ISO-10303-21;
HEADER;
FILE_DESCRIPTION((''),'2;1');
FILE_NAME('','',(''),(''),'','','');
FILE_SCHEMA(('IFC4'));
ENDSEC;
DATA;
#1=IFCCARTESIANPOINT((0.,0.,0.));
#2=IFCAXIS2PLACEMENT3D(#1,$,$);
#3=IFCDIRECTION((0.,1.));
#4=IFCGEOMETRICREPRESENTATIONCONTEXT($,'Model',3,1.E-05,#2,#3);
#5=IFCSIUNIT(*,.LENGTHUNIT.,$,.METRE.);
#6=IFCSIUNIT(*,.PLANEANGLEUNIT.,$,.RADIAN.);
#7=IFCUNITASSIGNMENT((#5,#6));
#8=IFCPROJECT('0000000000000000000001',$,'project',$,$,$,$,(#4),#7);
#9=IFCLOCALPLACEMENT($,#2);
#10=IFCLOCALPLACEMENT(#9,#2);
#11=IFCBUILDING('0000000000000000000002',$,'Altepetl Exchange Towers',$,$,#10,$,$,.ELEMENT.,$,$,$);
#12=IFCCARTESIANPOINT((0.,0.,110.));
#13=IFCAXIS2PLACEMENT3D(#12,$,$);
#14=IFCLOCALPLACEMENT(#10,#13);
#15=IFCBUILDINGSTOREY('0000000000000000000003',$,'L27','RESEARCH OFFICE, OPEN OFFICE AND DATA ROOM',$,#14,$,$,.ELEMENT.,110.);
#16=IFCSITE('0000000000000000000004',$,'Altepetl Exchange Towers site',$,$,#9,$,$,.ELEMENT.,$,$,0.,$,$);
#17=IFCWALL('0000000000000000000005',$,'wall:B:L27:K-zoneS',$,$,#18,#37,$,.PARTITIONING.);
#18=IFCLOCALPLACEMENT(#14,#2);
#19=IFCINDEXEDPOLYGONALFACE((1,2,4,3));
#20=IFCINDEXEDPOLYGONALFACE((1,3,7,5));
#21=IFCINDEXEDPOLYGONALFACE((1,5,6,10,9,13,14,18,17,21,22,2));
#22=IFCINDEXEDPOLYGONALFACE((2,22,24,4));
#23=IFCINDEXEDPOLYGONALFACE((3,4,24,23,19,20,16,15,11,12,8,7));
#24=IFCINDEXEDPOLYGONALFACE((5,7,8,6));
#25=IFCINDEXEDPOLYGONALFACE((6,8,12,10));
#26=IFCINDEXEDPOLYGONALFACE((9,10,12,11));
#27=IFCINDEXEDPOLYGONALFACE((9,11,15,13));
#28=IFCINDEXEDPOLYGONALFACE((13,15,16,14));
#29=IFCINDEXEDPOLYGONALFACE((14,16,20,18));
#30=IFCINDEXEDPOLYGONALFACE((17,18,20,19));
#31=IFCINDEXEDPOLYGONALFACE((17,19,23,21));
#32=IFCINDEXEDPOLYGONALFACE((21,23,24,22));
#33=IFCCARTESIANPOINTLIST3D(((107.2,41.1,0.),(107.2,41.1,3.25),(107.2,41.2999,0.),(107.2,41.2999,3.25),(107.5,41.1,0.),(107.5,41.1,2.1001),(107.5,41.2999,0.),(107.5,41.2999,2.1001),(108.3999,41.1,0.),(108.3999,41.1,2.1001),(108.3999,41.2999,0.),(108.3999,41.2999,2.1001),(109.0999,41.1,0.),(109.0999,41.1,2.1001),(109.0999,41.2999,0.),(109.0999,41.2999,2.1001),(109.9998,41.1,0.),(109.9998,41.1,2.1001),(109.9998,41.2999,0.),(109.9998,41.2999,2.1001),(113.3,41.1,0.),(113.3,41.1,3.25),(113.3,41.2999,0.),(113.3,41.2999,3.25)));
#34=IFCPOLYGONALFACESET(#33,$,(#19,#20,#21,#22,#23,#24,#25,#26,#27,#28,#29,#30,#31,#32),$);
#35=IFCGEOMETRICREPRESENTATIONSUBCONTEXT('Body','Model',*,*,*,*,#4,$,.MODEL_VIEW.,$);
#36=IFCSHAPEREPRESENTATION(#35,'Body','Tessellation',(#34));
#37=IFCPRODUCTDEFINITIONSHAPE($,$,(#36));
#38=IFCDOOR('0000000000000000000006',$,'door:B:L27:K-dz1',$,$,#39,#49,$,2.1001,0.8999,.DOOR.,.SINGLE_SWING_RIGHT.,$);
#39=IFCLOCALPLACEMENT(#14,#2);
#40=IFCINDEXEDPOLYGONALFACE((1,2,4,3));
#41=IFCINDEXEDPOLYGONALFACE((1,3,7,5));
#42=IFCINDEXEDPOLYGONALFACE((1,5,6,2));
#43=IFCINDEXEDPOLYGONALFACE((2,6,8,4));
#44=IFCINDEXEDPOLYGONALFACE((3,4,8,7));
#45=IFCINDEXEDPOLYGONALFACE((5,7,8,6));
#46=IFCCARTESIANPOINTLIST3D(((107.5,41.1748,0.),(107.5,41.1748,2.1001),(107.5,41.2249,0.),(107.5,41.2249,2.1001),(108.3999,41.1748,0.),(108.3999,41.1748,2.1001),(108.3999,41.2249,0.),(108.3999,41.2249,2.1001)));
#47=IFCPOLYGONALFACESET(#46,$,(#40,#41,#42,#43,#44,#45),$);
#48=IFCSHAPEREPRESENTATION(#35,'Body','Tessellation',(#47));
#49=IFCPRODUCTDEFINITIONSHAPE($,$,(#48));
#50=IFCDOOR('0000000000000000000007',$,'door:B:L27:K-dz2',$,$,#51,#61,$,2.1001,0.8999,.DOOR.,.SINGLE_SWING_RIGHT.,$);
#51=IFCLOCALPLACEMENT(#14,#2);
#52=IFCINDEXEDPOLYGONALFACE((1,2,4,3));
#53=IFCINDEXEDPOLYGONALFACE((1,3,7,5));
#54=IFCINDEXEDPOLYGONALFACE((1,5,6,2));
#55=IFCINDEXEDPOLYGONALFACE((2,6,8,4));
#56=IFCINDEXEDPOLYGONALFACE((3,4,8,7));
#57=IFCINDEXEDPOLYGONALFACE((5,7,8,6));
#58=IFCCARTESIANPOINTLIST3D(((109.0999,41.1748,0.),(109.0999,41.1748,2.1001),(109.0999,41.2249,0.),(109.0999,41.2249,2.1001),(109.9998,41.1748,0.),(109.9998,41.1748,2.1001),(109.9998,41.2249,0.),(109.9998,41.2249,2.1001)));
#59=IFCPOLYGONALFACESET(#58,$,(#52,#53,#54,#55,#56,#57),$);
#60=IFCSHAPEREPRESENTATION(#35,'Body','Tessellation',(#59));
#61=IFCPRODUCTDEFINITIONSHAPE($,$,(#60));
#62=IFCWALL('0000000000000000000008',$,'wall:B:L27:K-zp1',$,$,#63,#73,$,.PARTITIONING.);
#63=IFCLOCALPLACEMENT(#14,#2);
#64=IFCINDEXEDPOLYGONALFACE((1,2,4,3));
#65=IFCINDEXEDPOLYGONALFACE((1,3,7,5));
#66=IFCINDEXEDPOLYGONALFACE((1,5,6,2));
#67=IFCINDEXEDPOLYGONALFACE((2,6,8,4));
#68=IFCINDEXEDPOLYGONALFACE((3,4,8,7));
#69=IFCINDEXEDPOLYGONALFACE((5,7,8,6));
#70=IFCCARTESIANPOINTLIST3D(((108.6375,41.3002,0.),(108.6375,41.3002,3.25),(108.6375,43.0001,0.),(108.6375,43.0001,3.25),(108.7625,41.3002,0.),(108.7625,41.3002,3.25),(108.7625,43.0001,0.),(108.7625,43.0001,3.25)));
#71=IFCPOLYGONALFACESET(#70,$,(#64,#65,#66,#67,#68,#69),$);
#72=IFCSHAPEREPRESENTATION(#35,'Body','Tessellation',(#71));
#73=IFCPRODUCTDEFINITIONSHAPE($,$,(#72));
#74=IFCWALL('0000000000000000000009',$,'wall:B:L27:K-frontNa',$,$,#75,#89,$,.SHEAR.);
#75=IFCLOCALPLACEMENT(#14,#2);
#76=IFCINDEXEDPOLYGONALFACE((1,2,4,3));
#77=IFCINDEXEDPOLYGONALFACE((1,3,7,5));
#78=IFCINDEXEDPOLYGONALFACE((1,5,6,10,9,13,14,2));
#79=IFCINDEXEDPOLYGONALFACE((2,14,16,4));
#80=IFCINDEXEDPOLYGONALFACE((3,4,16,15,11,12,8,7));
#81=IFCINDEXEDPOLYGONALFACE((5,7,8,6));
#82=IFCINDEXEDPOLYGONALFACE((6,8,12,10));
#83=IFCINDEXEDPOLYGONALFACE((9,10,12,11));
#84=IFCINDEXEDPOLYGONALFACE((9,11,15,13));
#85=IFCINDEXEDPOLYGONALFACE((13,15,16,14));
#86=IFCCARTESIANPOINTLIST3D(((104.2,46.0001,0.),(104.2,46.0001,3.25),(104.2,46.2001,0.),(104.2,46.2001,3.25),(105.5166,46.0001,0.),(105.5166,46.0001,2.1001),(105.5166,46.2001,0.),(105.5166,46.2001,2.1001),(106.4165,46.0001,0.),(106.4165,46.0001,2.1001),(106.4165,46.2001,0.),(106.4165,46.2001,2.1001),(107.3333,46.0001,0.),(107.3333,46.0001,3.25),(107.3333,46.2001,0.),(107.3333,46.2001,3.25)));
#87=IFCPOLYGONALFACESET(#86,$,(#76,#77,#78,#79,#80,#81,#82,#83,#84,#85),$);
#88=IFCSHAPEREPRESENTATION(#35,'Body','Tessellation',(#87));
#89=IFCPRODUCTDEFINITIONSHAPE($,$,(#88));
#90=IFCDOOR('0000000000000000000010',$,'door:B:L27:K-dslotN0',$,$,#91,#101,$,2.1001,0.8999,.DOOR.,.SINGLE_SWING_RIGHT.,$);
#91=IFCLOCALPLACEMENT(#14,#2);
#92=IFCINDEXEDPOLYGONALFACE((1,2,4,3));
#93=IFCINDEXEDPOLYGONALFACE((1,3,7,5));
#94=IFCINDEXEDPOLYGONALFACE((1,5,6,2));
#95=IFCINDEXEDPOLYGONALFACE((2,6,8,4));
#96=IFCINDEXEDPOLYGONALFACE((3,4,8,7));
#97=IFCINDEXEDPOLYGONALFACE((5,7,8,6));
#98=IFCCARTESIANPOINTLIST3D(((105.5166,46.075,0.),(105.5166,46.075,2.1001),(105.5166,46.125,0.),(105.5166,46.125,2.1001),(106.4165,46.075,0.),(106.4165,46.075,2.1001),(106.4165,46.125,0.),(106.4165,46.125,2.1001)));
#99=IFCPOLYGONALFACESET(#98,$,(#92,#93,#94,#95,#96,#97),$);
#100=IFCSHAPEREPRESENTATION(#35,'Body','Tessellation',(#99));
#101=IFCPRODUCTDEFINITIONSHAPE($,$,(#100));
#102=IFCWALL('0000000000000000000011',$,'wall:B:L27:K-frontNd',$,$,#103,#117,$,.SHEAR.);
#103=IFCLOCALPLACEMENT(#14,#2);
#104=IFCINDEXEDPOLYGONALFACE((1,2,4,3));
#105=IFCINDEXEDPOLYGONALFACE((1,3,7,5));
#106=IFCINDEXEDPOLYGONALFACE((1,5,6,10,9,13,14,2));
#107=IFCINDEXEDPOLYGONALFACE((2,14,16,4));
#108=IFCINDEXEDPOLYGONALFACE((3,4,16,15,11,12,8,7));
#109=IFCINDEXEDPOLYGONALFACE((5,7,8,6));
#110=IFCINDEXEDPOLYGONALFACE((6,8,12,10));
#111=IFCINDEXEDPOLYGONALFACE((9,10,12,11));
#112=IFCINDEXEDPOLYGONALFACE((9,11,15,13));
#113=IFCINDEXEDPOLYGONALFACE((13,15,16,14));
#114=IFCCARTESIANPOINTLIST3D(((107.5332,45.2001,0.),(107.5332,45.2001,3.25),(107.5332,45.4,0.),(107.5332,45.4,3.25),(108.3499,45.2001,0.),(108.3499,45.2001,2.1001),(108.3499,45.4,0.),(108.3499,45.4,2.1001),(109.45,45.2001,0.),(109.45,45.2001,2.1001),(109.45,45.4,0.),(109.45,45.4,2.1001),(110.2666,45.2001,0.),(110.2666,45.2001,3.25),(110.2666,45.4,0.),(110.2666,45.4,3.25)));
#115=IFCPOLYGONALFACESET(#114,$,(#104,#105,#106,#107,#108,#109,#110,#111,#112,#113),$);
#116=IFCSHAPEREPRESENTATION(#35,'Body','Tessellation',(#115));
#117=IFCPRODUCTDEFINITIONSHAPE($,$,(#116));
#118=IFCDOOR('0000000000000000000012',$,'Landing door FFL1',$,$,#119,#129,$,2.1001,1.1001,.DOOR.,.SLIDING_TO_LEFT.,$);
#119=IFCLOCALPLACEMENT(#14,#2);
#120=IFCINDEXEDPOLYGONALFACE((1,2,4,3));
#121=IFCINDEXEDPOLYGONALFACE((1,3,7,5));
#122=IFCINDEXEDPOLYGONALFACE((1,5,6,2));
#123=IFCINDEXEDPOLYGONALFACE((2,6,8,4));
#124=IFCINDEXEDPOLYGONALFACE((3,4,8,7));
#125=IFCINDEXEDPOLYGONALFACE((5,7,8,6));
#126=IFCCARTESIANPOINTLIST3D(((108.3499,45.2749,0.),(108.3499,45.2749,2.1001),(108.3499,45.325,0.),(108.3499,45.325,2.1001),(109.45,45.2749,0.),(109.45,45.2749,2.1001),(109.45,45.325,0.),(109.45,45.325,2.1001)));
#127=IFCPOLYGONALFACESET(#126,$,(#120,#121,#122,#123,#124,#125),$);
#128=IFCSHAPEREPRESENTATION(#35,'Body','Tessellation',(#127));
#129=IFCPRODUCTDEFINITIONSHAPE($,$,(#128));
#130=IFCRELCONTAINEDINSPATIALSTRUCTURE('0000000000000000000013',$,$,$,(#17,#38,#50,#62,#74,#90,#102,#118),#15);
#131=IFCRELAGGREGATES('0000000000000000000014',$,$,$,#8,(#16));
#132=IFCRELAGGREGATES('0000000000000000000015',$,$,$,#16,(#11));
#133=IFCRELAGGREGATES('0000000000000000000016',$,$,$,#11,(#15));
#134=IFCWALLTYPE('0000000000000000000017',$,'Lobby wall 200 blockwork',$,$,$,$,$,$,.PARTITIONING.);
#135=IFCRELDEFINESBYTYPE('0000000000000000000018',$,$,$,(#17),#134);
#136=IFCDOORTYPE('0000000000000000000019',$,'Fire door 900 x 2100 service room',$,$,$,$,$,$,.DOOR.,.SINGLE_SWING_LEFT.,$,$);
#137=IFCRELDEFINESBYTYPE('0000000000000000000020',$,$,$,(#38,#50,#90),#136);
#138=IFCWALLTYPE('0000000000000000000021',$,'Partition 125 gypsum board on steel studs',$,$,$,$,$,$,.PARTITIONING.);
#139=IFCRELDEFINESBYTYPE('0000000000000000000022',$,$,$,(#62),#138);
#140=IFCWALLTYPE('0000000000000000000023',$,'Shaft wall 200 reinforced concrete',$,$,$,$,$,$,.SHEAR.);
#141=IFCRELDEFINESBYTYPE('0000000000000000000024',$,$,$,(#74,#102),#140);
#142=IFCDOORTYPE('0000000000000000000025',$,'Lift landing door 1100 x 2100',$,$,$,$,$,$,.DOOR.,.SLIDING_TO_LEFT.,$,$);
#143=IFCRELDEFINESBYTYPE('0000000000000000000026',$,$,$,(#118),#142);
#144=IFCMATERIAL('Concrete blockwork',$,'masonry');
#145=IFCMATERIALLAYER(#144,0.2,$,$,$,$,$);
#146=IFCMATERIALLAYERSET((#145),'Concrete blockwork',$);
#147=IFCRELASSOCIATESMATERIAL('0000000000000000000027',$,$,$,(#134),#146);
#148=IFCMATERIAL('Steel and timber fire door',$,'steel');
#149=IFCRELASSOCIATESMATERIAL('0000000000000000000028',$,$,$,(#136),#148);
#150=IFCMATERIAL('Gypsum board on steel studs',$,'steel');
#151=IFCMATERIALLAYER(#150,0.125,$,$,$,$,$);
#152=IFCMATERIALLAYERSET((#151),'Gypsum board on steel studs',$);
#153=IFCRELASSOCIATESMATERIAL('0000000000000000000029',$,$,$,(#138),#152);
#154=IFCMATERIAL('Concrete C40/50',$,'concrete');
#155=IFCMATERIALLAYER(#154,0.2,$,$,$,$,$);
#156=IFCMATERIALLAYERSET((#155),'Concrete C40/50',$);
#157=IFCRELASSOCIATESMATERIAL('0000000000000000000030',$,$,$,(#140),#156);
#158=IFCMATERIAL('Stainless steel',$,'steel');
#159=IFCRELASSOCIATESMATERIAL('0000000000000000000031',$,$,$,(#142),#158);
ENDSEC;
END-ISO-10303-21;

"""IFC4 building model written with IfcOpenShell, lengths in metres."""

from ifc_helpers import new_model, si_unit, direction, frame, frame_2d, origin, place, context, subcontext, project, spatial, rectangle, extrude, material, layer, layer_set, type_object, element, fill, save


model = new_model("IFC4")

# Units and contexts
model_context = context("Model", 3, precision=1e-05, world=origin(), true_north=direction((0.0, 1.0)))
body_context = subcontext(model_context, "Body", "Model", "MODEL_VIEW")
ifc_project = project(units=[si_unit("LENGTHUNIT", "METRE"), si_unit("PLANEANGLEUNIT", "RADIAN")], contexts=[model_context])

# Site, building, storey
site_placement = place(None, origin())
site = spatial("IfcSite", under=ifc_project, at=site_placement, Name="Altepetl Exchange Towers site", CompositionType="ELEMENT", RefElevation=0.0)
building_placement = place(site_placement, origin())
building = spatial("IfcBuilding", under=site, at=building_placement, Name="Altepetl Exchange Towers", CompositionType="ELEMENT")
storey_placement = place(building_placement, frame((0.0, 0.0, 110.0)))
storey = spatial("IfcBuildingStorey", under=building, at=storey_placement, Name="L27", Description="RESEARCH OFFICE, OPEN OFFICE AND DATA ROOM", CompositionType="ELEMENT", Elevation=110.0)

# Shared definitions
ifc_material_1 = material(Name="Concrete blockwork", Category="masonry")
ifc_layer_1 = layer(ifc_material_1, 0.2)
ifc_layer_set_1 = layer_set([ifc_layer_1], Name="Concrete blockwork")
wall_type_1 = type_object("IfcWallType", Name="Lobby wall 200 blockwork", PredefinedType="PARTITIONING", material=ifc_layer_set_1)

# Shared definitions
ifc_material_2 = material(Name="Steel and timber fire door", Category="steel")

# Wall, openings, doors
door_type_1 = type_object("IfcDoorType", Name="Fire door 900 x 2100 service room", OperationType="SINGLE_SWING_LEFT", PredefinedType="DOOR", material=ifc_material_2)
wall_1_placement = place(storey_placement, frame((107.2, 41.2, 0.0)))
wall_1 = element("IfcWall", 1, at=wall_1_placement, inside=storey, type_object=wall_type_1, Name="wall:B:L27:K-zoneS", PredefinedType="PARTITIONING", context=body_context, shape_type="SweptSolid", body=[
    extrude(rectangle(XDim=6.1001, YDim=0.2, at=frame_2d((3.05, 0.0))), origin(), (0.0, 0.0, 1.0), 3.25),
])
opening_1_placement = place(wall_1_placement, frame((0.3, 0.0, 0.0)))
opening_1 = element("IfcOpeningElement", 2, at=opening_1_placement, cuts=wall_1, PredefinedType="OPENING", context=body_context, shape_type="SweptSolid", body=[
    extrude(rectangle(XDim=0.8999, YDim=2.1001, at=frame_2d((0.45, 1.05))), frame((0.0, 0.1099, 0.0), z_axis=(0.0, -1.0, 0.0), x_axis=(1.0, 0.0, 0.0)), (0.0, 0.0, 1.0), 0.22),
])
opening_2_placement = place(wall_1_placement, frame((1.8999, 0.0, 0.0)))
opening_2 = element("IfcOpeningElement", 3, at=opening_2_placement, cuts=wall_1, PredefinedType="OPENING", context=body_context, shape_type="SweptSolid", body=[
    extrude(rectangle(XDim=0.8999, YDim=2.1001, at=frame_2d((0.45, 1.05))), frame((0.0, 0.1099, 0.0), z_axis=(0.0, -1.0, 0.0), x_axis=(1.0, 0.0, 0.0)), (0.0, 0.0, 1.0), 0.22),
])
door_1_placement = place(opening_1_placement, origin())
door_1 = element("IfcDoor", 4, at=door_1_placement, inside=storey, type_object=door_type_1, Name="door:B:L27:K-dz1", OperationType="SINGLE_SWING_RIGHT", OverallHeight=2.1001, OverallWidth=0.8999, PredefinedType="DOOR", context=body_context, shape_type="SweptSolid", body=[
    extrude(rectangle(XDim=0.8999, YDim=2.1001, at=frame_2d((0.45, 1.05))), frame((0.0, 0.0249, 0.0), z_axis=(0.0, -1.0, 0.0), x_axis=(1.0, 0.0, 0.0)), (0.0, 0.0, 1.0), 0.05),
])
fill(opening_1, door_1)
door_2_placement = place(opening_2_placement, origin())
door_2 = element("IfcDoor", 5, at=door_2_placement, inside=storey, type_object=door_type_1, Name="door:B:L27:K-dz2", OperationType="SINGLE_SWING_RIGHT", OverallHeight=2.1001, OverallWidth=0.8999, PredefinedType="DOOR", context=body_context, shape_type="SweptSolid", body=[
    extrude(rectangle(XDim=0.8999, YDim=2.1001, at=frame_2d((0.45, 1.05))), frame((0.0, 0.0249, 0.0), z_axis=(0.0, -1.0, 0.0), x_axis=(1.0, 0.0, 0.0)), (0.0, 0.0, 1.0), 0.05),
])
fill(opening_2, door_2)

# Wall
ifc_material_3 = material(Name="Gypsum board on steel studs", Category="steel")
ifc_layer_2 = layer(ifc_material_3, 0.125)
ifc_layer_set_2 = layer_set([ifc_layer_2], Name="Gypsum board on steel studs")
wall_type_2 = type_object("IfcWallType", Name="Partition 125 gypsum board on steel studs", PredefinedType="PARTITIONING", material=ifc_layer_set_2)
wall_2_placement = place(storey_placement, frame((108.7, 41.3, 0.0), z_axis=(0.0, 0.0, 1.0), x_axis=(0.0, 1.0, 0.0)))
element("IfcWall", 6, at=wall_2_placement, inside=storey, type_object=wall_type_2, Name="wall:B:L27:K-zp1", PredefinedType="PARTITIONING", context=body_context, shape_type="SweptSolid", body=[
    extrude(rectangle(XDim=1.7, YDim=0.125, at=frame_2d((0.8501, 0.0))), origin(), (0.0, 0.0, 1.0), 3.25),
])

# Walls, openings, doors
ifc_material_4 = material(Name="Concrete C40/50", Category="concrete")
ifc_layer_3 = layer(ifc_material_4, 0.2)
ifc_layer_set_3 = layer_set([ifc_layer_3], Name="Concrete C40/50")
wall_type_3 = type_object("IfcWallType", Name="Shaft wall 200 reinforced concrete", PredefinedType="SHEAR", material=ifc_layer_set_3)
wall_3_placement = place(storey_placement, frame((104.2, 46.1001, 0.0)))
wall_3 = element("IfcWall", 7, at=wall_3_placement, inside=storey, type_object=wall_type_3, Name="wall:B:L27:K-frontNa", PredefinedType="SHEAR", context=body_context, shape_type="SweptSolid", body=[
    extrude(rectangle(XDim=3.1333, YDim=0.2, at=frame_2d((1.5667, 0.0))), origin(), (0.0, 0.0, 1.0), 3.25),
])
opening_3_placement = place(wall_3_placement, frame((1.3167, 0.0, 0.0)))
opening_3 = element("IfcOpeningElement", 8, at=opening_3_placement, cuts=wall_3, PredefinedType="OPENING", context=body_context, shape_type="SweptSolid", body=[
    extrude(rectangle(XDim=0.8999, YDim=2.1001, at=frame_2d((0.45, 1.05))), frame((0.0, 0.1099, 0.0), z_axis=(0.0, -1.0, 0.0), x_axis=(1.0, 0.0, 0.0)), (0.0, 0.0, 1.0), 0.22),
])
door_3_placement = place(opening_3_placement, origin())
door_3 = element("IfcDoor", 9, at=door_3_placement, inside=storey, type_object=door_type_1, Name="door:B:L27:K-dslotN0", OperationType="SINGLE_SWING_RIGHT", OverallHeight=2.1001, OverallWidth=0.8999, PredefinedType="DOOR", context=body_context, shape_type="SweptSolid", body=[
    extrude(rectangle(XDim=0.8999, YDim=2.1001, at=frame_2d((0.45, 1.05))), frame((0.0, 0.0249, 0.0), z_axis=(0.0, -1.0, 0.0), x_axis=(1.0, 0.0, 0.0)), (0.0, 0.0, 1.0), 0.05),
])
fill(opening_3, door_3)
wall_4_placement = place(storey_placement, frame((107.5332, 45.3, 0.0)))
wall_4 = element("IfcWall", 10, at=wall_4_placement, inside=storey, type_object=wall_type_3, Name="wall:B:L27:K-frontNd", PredefinedType="SHEAR", context=body_context, shape_type="SweptSolid", body=[
    extrude(rectangle(XDim=2.7334, YDim=0.2, at=frame_2d((1.3667, 0.0))), origin(), (0.0, 0.0, 1.0), 3.25),
])
opening_4_placement = place(wall_4_placement, frame((0.8167, 0.0, 0.0)))
opening_4 = element("IfcOpeningElement", 11, at=opening_4_placement, cuts=wall_4, PredefinedType="OPENING", context=body_context, shape_type="SweptSolid", body=[
    extrude(rectangle(XDim=1.1001, YDim=2.1001, at=frame_2d((0.55, 1.05))), frame((0.0, 0.1099, 0.0), z_axis=(0.0, -1.0, 0.0), x_axis=(1.0, 0.0, 0.0)), (0.0, 0.0, 1.0), 0.22),
])
ifc_material_5 = material(Name="Stainless steel", Category="steel")
door_type_2 = type_object("IfcDoorType", Name="Lift landing door 1100 x 2100", OperationType="SLIDING_TO_LEFT", PredefinedType="DOOR", material=ifc_material_5)
door_4_placement = place(opening_4_placement, origin())
door_4 = element("IfcDoor", 12, at=door_4_placement, inside=storey, type_object=door_type_2, Name="Landing door FFL1", OperationType="SLIDING_TO_LEFT", OverallHeight=2.1001, OverallWidth=1.1001, PredefinedType="DOOR", context=body_context, shape_type="SweptSolid", body=[
    extrude(rectangle(XDim=1.1001, YDim=2.1001, at=frame_2d((0.55, 1.05))), frame((0.0, 0.0249, 0.0), z_axis=(0.0, -1.0, 0.0), x_axis=(1.0, 0.0, 0.0)), (0.0, 0.0, 1.0), 0.05),
])
fill(opening_4, door_4)

save(model, "model.ifc")
